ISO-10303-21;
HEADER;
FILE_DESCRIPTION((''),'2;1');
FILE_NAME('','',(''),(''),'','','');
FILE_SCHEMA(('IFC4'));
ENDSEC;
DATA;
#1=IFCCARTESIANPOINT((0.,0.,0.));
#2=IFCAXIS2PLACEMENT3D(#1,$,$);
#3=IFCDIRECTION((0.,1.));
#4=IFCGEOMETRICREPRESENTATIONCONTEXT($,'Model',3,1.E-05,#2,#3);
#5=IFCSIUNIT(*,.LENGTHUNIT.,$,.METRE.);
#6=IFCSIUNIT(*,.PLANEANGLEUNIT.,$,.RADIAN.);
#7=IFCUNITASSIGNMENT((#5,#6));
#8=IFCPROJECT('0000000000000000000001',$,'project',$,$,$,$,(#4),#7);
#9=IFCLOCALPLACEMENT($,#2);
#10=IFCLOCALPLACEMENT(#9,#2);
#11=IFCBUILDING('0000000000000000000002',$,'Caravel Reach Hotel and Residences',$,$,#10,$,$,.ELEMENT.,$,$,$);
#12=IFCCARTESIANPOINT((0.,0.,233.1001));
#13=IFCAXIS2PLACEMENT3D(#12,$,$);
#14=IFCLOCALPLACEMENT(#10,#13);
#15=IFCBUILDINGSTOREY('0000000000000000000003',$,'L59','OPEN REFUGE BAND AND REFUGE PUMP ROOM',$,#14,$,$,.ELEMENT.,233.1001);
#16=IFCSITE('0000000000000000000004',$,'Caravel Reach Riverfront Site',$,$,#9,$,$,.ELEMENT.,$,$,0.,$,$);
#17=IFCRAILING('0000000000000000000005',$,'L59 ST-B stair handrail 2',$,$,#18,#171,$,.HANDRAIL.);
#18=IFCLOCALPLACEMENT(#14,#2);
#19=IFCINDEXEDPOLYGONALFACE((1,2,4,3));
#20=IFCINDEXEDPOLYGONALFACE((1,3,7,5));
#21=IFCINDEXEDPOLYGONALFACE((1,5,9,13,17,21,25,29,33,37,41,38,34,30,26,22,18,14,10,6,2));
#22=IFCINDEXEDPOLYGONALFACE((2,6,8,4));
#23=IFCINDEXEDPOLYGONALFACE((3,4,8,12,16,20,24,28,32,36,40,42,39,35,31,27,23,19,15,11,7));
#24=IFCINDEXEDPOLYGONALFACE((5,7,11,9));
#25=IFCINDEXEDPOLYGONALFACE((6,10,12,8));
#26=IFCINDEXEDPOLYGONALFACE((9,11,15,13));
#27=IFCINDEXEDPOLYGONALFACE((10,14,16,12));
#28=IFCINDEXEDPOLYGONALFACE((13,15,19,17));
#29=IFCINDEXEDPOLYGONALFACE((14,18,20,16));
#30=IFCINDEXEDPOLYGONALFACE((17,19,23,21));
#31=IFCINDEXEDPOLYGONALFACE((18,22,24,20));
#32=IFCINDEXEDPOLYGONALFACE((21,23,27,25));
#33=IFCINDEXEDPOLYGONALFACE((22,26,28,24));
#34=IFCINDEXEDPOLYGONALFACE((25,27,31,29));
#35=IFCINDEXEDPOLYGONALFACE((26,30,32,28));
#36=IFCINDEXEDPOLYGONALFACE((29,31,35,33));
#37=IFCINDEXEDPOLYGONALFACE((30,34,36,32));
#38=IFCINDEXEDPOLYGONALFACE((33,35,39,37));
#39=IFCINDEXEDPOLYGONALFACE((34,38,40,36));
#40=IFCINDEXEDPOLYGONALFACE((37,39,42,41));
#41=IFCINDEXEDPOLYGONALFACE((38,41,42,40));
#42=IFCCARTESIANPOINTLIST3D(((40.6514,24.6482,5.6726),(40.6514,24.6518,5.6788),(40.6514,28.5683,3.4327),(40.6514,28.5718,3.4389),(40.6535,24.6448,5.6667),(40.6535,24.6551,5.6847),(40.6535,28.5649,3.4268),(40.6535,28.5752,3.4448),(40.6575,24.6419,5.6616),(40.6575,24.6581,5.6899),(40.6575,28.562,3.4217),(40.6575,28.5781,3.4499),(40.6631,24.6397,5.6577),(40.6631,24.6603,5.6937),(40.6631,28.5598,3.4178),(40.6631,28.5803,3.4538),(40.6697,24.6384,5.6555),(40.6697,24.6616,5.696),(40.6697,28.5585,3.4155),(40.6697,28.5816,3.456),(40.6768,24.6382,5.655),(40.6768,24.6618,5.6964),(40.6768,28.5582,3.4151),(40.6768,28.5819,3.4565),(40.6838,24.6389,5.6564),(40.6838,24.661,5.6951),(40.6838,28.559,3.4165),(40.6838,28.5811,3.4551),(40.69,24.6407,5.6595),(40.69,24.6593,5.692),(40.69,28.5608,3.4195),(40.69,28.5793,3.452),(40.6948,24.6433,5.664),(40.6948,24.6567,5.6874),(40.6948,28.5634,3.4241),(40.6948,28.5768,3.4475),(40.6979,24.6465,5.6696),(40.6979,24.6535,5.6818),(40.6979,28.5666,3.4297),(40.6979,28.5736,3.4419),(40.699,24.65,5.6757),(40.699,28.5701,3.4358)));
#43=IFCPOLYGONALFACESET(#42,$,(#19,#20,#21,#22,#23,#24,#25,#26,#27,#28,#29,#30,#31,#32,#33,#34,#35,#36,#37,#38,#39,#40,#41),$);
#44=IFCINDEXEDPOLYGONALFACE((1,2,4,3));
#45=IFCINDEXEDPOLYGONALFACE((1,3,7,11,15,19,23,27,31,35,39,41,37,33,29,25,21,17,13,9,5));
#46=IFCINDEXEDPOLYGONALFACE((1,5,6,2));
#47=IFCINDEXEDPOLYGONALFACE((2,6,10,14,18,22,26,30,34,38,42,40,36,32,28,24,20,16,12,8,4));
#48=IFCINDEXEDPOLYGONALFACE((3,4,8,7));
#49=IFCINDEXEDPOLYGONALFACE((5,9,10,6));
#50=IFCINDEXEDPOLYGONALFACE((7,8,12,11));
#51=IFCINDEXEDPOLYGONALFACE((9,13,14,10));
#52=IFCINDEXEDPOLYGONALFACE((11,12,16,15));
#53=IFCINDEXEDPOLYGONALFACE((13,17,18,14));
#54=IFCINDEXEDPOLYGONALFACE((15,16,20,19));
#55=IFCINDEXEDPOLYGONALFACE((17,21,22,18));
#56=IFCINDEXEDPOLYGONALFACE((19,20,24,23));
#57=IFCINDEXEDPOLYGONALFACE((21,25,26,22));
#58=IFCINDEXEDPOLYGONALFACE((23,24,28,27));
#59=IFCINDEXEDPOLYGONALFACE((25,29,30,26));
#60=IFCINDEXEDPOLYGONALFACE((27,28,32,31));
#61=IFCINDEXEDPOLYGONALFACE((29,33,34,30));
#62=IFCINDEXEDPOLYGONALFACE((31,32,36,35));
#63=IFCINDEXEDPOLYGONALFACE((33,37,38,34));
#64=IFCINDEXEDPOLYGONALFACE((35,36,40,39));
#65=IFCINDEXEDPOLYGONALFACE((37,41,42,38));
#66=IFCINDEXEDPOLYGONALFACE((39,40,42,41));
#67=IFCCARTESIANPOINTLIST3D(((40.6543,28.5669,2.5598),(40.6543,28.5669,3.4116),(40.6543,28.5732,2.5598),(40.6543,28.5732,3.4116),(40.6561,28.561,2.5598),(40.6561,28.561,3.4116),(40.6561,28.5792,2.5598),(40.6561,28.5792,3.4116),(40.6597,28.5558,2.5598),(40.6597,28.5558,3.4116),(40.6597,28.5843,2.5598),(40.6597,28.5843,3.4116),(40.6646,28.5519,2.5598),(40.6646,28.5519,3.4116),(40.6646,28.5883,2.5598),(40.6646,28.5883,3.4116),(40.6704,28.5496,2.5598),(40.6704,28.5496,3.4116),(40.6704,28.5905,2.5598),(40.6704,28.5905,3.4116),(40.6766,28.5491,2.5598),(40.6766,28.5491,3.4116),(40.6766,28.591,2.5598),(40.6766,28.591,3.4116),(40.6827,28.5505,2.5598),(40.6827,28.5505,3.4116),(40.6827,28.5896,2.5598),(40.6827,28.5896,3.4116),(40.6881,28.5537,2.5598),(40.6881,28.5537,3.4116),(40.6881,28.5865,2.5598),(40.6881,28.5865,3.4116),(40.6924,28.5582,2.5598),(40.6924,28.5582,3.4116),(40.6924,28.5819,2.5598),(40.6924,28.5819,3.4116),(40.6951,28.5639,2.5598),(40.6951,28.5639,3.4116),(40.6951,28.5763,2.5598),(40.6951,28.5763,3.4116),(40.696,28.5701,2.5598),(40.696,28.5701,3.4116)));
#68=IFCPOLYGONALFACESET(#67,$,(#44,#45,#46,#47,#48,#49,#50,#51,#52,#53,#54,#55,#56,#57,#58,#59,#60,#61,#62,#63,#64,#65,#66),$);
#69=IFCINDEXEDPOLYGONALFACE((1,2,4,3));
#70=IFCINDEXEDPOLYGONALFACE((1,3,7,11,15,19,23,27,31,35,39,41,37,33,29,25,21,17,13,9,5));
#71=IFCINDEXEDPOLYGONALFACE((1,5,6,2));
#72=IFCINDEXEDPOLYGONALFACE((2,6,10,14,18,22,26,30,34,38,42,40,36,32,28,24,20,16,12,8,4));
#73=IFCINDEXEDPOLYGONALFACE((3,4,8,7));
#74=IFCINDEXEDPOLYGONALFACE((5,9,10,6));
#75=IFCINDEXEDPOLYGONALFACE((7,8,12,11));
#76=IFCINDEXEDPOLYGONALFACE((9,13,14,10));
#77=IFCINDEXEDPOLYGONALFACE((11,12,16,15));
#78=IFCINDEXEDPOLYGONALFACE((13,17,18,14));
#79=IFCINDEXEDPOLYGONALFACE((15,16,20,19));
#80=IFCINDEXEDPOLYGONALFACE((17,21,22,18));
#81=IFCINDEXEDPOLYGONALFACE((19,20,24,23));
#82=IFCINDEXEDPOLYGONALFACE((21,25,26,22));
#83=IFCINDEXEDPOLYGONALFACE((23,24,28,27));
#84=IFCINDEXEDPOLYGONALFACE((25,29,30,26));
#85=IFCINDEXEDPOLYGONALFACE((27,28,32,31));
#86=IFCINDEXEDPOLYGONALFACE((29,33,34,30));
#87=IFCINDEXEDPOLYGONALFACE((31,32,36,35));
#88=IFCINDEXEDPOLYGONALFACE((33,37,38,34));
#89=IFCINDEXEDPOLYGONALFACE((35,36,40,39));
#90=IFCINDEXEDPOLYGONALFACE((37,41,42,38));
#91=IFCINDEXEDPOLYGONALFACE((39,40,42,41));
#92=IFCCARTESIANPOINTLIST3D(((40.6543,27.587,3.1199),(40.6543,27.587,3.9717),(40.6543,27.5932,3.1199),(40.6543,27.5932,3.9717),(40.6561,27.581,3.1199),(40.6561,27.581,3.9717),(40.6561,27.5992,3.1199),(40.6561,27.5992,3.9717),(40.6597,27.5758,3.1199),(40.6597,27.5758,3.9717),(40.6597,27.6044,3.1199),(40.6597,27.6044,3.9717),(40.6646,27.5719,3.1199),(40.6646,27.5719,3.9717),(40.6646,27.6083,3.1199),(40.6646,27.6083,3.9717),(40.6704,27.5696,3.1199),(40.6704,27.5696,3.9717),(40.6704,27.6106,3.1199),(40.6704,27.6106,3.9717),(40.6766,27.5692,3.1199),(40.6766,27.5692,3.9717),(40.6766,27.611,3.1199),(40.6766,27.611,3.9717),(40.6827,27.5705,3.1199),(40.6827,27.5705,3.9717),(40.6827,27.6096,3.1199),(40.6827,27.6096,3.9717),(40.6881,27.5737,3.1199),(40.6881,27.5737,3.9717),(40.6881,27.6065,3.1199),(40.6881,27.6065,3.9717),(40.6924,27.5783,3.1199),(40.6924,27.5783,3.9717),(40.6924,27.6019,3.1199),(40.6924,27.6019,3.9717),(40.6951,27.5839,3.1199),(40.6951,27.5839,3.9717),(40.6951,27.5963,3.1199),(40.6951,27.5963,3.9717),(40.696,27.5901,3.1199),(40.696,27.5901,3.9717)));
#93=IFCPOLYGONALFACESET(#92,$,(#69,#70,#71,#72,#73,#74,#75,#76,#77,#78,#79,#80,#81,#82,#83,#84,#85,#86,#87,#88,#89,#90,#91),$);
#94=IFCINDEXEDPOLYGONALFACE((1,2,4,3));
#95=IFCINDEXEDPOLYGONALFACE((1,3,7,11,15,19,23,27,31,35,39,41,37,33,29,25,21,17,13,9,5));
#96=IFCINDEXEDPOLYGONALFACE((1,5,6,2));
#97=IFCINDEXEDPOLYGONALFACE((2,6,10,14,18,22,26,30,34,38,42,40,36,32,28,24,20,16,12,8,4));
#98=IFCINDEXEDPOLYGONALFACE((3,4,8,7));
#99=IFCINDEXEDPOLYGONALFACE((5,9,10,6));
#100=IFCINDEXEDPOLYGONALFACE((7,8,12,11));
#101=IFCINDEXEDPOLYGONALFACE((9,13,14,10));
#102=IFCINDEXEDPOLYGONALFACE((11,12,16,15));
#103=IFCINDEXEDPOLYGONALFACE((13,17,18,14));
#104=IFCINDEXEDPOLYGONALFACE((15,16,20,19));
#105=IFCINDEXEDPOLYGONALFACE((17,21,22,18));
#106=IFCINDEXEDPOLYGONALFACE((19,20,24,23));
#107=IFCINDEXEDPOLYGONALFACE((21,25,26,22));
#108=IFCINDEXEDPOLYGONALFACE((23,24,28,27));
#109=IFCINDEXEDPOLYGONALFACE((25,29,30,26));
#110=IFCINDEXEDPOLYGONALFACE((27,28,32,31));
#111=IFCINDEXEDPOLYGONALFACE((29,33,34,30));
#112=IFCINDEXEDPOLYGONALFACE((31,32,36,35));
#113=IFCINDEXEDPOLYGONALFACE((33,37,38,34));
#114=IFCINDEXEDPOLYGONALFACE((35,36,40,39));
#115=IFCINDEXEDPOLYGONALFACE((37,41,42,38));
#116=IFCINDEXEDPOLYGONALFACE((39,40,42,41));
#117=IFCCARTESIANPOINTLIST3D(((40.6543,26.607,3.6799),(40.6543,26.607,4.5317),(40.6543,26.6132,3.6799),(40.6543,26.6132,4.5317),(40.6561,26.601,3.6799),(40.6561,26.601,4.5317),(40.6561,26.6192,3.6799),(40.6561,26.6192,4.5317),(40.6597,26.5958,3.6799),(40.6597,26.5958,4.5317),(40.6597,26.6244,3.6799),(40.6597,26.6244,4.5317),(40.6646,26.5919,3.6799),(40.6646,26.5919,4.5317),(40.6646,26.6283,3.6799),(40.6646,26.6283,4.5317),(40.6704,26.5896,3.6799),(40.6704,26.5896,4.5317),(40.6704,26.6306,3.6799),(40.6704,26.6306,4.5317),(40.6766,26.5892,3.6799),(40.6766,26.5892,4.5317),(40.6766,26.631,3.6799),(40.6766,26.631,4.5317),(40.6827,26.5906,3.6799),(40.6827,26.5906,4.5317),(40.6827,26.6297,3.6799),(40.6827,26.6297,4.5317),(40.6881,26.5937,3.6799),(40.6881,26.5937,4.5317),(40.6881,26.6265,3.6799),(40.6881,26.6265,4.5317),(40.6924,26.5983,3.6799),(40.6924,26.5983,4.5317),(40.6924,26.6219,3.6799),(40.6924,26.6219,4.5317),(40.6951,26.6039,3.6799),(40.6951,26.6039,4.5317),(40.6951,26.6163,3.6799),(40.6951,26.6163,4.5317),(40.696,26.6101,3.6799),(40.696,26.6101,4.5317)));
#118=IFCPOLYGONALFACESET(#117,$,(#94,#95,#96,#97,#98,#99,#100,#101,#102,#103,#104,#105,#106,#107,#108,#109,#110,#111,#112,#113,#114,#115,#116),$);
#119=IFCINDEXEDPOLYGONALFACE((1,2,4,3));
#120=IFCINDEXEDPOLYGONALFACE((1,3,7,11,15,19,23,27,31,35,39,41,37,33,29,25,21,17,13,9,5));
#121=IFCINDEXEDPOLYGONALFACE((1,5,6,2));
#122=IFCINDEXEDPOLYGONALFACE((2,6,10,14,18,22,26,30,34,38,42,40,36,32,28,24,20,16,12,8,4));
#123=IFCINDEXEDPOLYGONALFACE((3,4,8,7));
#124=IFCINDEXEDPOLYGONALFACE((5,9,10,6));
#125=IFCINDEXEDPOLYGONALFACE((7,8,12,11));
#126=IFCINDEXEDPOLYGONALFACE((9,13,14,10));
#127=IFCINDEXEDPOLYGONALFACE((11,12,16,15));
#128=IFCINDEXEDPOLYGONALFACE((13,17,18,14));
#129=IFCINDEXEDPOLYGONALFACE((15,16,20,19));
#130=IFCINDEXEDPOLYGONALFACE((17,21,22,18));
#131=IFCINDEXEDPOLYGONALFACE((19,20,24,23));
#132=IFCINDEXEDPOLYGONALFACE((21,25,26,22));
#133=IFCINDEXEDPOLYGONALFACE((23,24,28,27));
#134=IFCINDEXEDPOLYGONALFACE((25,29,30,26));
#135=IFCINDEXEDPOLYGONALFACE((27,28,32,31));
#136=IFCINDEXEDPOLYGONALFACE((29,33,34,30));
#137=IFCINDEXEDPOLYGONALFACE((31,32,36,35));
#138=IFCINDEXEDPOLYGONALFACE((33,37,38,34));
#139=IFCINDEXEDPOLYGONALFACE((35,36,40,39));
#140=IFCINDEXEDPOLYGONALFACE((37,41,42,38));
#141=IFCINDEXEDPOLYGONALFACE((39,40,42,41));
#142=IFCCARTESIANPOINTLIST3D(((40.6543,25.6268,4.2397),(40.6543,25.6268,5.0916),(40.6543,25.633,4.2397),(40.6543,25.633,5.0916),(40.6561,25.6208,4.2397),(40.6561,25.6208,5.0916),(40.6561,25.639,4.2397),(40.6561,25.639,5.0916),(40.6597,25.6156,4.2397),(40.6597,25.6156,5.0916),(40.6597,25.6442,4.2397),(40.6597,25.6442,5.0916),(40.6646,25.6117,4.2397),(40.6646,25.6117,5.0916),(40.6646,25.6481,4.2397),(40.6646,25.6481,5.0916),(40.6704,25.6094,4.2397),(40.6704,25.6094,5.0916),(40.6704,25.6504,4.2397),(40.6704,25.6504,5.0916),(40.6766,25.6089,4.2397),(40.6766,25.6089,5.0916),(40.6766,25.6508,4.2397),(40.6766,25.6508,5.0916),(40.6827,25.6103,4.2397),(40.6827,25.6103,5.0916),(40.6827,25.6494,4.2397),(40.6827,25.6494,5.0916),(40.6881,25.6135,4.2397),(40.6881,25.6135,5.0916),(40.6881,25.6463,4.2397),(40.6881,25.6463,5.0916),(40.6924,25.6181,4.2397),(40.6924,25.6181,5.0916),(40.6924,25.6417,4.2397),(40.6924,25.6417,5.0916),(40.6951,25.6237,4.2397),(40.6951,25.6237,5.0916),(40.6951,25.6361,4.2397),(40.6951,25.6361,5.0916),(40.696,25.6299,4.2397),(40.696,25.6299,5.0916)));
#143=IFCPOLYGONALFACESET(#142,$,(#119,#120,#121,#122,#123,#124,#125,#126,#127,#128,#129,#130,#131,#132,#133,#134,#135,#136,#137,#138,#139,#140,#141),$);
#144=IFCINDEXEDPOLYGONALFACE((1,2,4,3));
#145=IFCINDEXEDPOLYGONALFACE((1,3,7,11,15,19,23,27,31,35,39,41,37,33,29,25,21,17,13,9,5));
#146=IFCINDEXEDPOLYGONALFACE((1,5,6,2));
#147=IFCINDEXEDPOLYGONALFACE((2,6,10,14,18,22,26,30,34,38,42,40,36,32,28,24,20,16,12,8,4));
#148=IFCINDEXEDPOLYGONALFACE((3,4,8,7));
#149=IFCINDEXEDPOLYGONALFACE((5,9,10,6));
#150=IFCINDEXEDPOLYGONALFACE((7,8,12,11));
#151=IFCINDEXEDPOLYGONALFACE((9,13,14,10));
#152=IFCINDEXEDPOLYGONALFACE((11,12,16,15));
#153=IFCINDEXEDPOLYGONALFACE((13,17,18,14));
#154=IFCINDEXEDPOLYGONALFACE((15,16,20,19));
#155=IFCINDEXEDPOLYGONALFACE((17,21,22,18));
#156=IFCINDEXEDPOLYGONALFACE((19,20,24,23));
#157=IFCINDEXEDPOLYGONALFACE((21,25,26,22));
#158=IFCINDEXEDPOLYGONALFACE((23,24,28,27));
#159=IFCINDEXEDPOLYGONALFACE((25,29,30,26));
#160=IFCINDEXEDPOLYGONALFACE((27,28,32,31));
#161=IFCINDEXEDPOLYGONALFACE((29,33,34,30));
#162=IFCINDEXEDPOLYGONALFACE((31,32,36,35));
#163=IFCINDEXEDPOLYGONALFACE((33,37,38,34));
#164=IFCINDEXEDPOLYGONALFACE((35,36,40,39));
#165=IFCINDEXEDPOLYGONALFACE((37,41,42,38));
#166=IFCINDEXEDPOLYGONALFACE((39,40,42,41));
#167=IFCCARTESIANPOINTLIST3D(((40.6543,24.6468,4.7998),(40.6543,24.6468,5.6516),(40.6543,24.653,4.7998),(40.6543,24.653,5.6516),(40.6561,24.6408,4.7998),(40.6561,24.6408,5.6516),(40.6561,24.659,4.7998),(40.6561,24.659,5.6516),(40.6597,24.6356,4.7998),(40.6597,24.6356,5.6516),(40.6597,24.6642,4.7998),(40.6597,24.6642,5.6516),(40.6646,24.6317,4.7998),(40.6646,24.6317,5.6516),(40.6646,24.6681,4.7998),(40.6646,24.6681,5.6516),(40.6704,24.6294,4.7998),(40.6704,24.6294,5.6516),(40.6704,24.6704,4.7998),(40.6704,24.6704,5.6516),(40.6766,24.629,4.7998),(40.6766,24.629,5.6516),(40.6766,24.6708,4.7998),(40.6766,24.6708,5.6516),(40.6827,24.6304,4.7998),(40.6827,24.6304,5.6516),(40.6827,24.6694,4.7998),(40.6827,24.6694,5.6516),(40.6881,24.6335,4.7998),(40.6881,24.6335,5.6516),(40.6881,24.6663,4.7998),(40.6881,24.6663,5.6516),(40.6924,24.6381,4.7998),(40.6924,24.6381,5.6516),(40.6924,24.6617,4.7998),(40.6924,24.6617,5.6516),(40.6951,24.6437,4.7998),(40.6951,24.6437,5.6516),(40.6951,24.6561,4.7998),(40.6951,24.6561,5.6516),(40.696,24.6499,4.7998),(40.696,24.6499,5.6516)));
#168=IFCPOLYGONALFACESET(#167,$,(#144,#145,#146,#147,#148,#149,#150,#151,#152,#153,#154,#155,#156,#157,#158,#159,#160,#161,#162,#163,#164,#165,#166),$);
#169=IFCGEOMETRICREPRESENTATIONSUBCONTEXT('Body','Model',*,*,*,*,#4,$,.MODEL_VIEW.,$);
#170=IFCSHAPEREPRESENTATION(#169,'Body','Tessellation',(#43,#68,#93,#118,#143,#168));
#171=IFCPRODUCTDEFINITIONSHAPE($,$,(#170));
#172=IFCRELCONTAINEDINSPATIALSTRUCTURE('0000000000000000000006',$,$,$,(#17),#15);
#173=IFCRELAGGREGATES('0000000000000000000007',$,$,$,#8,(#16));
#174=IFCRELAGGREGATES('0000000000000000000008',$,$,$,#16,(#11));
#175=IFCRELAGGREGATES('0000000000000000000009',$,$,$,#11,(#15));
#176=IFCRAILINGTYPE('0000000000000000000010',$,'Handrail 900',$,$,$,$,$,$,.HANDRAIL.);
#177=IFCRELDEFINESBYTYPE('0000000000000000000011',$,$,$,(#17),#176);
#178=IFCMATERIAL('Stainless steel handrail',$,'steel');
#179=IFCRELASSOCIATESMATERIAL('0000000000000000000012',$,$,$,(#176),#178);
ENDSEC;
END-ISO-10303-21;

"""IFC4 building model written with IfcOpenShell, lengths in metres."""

from ifc_helpers import new_model, si_unit, direction, frame, origin, origin_2d, place, context, subcontext, project, spatial, circle, extrude, material, type_object, element, save


model = new_model("IFC4")

# Units and contexts
model_context = context("Model", 3, precision=1e-05, world=origin(), true_north=direction((0.0, 1.0)))
body_context = subcontext(model_context, "Body", "Model", "MODEL_VIEW")
ifc_project = project(units=[si_unit("LENGTHUNIT", "METRE"), si_unit("PLANEANGLEUNIT", "RADIAN")], contexts=[model_context])

# Site, building, storey
site_placement = place(None, origin())
site = spatial("IfcSite", under=ifc_project, at=site_placement, Name="Caravel Reach Riverfront Site", CompositionType="ELEMENT", RefElevation=0.0)
building_placement = place(site_placement, origin())
building = spatial("IfcBuilding", under=site, at=building_placement, Name="Caravel Reach Hotel and Residences", CompositionType="ELEMENT")
storey_placement = place(building_placement, frame((0.0, 0.0, 233.1001)))
storey = spatial("IfcBuildingStorey", under=building, at=storey_placement, Name="L59", Description="OPEN REFUGE BAND AND REFUGE PUMP ROOM", CompositionType="ELEMENT", Elevation=233.1001)

# Railing
ifc_material_1 = material(Name="Stainless steel handrail", Category="steel")
railing_type_1 = type_object("IfcRailingType", Name="Handrail 900", PredefinedType="HANDRAIL", material=ifc_material_1)
railing_1_placement = place(storey_placement, frame((40.675, 28.5701, 2.5598)))
element("IfcRailing", 1, at=railing_1_placement, inside=storey, type_object=railing_type_1, Name="L59 ST-B stair handrail 2", PredefinedType="HANDRAIL", context=body_context, shape_type="SweptSolid", body=[
    extrude(circle(Radius=0.0239, at=origin_2d()), frame((0.0, 0.0, 0.876), z_axis=(0.0, -0.868253, 0.496121), x_axis=(1.0, 0.0, 0.0)), (0.0, 0.0, 1.0), 4.5149),
    extrude(circle(Radius=0.021, at=origin_2d()), origin(), (0.0, 0.0, 1.0), 0.8518),
    extrude(circle(Radius=0.021, at=origin_2d()), frame((0.0, -0.98, 0.5601)), (0.0, 0.0, 1.0), 0.8518),
    extrude(circle(Radius=0.021, at=origin_2d()), frame((0.0, -1.96, 1.1201)), (0.0, 0.0, 1.0), 0.8518),
    extrude(circle(Radius=0.021, at=origin_2d()), frame((0.0, -2.9402, 1.6799)), (0.0, 0.0, 1.0), 0.8518),
    extrude(circle(Radius=0.021, at=origin_2d()), frame((0.0, -3.9202, 2.24)), (0.0, 0.0, 1.0), 0.8518),
])

save(model, "model.ifc")
